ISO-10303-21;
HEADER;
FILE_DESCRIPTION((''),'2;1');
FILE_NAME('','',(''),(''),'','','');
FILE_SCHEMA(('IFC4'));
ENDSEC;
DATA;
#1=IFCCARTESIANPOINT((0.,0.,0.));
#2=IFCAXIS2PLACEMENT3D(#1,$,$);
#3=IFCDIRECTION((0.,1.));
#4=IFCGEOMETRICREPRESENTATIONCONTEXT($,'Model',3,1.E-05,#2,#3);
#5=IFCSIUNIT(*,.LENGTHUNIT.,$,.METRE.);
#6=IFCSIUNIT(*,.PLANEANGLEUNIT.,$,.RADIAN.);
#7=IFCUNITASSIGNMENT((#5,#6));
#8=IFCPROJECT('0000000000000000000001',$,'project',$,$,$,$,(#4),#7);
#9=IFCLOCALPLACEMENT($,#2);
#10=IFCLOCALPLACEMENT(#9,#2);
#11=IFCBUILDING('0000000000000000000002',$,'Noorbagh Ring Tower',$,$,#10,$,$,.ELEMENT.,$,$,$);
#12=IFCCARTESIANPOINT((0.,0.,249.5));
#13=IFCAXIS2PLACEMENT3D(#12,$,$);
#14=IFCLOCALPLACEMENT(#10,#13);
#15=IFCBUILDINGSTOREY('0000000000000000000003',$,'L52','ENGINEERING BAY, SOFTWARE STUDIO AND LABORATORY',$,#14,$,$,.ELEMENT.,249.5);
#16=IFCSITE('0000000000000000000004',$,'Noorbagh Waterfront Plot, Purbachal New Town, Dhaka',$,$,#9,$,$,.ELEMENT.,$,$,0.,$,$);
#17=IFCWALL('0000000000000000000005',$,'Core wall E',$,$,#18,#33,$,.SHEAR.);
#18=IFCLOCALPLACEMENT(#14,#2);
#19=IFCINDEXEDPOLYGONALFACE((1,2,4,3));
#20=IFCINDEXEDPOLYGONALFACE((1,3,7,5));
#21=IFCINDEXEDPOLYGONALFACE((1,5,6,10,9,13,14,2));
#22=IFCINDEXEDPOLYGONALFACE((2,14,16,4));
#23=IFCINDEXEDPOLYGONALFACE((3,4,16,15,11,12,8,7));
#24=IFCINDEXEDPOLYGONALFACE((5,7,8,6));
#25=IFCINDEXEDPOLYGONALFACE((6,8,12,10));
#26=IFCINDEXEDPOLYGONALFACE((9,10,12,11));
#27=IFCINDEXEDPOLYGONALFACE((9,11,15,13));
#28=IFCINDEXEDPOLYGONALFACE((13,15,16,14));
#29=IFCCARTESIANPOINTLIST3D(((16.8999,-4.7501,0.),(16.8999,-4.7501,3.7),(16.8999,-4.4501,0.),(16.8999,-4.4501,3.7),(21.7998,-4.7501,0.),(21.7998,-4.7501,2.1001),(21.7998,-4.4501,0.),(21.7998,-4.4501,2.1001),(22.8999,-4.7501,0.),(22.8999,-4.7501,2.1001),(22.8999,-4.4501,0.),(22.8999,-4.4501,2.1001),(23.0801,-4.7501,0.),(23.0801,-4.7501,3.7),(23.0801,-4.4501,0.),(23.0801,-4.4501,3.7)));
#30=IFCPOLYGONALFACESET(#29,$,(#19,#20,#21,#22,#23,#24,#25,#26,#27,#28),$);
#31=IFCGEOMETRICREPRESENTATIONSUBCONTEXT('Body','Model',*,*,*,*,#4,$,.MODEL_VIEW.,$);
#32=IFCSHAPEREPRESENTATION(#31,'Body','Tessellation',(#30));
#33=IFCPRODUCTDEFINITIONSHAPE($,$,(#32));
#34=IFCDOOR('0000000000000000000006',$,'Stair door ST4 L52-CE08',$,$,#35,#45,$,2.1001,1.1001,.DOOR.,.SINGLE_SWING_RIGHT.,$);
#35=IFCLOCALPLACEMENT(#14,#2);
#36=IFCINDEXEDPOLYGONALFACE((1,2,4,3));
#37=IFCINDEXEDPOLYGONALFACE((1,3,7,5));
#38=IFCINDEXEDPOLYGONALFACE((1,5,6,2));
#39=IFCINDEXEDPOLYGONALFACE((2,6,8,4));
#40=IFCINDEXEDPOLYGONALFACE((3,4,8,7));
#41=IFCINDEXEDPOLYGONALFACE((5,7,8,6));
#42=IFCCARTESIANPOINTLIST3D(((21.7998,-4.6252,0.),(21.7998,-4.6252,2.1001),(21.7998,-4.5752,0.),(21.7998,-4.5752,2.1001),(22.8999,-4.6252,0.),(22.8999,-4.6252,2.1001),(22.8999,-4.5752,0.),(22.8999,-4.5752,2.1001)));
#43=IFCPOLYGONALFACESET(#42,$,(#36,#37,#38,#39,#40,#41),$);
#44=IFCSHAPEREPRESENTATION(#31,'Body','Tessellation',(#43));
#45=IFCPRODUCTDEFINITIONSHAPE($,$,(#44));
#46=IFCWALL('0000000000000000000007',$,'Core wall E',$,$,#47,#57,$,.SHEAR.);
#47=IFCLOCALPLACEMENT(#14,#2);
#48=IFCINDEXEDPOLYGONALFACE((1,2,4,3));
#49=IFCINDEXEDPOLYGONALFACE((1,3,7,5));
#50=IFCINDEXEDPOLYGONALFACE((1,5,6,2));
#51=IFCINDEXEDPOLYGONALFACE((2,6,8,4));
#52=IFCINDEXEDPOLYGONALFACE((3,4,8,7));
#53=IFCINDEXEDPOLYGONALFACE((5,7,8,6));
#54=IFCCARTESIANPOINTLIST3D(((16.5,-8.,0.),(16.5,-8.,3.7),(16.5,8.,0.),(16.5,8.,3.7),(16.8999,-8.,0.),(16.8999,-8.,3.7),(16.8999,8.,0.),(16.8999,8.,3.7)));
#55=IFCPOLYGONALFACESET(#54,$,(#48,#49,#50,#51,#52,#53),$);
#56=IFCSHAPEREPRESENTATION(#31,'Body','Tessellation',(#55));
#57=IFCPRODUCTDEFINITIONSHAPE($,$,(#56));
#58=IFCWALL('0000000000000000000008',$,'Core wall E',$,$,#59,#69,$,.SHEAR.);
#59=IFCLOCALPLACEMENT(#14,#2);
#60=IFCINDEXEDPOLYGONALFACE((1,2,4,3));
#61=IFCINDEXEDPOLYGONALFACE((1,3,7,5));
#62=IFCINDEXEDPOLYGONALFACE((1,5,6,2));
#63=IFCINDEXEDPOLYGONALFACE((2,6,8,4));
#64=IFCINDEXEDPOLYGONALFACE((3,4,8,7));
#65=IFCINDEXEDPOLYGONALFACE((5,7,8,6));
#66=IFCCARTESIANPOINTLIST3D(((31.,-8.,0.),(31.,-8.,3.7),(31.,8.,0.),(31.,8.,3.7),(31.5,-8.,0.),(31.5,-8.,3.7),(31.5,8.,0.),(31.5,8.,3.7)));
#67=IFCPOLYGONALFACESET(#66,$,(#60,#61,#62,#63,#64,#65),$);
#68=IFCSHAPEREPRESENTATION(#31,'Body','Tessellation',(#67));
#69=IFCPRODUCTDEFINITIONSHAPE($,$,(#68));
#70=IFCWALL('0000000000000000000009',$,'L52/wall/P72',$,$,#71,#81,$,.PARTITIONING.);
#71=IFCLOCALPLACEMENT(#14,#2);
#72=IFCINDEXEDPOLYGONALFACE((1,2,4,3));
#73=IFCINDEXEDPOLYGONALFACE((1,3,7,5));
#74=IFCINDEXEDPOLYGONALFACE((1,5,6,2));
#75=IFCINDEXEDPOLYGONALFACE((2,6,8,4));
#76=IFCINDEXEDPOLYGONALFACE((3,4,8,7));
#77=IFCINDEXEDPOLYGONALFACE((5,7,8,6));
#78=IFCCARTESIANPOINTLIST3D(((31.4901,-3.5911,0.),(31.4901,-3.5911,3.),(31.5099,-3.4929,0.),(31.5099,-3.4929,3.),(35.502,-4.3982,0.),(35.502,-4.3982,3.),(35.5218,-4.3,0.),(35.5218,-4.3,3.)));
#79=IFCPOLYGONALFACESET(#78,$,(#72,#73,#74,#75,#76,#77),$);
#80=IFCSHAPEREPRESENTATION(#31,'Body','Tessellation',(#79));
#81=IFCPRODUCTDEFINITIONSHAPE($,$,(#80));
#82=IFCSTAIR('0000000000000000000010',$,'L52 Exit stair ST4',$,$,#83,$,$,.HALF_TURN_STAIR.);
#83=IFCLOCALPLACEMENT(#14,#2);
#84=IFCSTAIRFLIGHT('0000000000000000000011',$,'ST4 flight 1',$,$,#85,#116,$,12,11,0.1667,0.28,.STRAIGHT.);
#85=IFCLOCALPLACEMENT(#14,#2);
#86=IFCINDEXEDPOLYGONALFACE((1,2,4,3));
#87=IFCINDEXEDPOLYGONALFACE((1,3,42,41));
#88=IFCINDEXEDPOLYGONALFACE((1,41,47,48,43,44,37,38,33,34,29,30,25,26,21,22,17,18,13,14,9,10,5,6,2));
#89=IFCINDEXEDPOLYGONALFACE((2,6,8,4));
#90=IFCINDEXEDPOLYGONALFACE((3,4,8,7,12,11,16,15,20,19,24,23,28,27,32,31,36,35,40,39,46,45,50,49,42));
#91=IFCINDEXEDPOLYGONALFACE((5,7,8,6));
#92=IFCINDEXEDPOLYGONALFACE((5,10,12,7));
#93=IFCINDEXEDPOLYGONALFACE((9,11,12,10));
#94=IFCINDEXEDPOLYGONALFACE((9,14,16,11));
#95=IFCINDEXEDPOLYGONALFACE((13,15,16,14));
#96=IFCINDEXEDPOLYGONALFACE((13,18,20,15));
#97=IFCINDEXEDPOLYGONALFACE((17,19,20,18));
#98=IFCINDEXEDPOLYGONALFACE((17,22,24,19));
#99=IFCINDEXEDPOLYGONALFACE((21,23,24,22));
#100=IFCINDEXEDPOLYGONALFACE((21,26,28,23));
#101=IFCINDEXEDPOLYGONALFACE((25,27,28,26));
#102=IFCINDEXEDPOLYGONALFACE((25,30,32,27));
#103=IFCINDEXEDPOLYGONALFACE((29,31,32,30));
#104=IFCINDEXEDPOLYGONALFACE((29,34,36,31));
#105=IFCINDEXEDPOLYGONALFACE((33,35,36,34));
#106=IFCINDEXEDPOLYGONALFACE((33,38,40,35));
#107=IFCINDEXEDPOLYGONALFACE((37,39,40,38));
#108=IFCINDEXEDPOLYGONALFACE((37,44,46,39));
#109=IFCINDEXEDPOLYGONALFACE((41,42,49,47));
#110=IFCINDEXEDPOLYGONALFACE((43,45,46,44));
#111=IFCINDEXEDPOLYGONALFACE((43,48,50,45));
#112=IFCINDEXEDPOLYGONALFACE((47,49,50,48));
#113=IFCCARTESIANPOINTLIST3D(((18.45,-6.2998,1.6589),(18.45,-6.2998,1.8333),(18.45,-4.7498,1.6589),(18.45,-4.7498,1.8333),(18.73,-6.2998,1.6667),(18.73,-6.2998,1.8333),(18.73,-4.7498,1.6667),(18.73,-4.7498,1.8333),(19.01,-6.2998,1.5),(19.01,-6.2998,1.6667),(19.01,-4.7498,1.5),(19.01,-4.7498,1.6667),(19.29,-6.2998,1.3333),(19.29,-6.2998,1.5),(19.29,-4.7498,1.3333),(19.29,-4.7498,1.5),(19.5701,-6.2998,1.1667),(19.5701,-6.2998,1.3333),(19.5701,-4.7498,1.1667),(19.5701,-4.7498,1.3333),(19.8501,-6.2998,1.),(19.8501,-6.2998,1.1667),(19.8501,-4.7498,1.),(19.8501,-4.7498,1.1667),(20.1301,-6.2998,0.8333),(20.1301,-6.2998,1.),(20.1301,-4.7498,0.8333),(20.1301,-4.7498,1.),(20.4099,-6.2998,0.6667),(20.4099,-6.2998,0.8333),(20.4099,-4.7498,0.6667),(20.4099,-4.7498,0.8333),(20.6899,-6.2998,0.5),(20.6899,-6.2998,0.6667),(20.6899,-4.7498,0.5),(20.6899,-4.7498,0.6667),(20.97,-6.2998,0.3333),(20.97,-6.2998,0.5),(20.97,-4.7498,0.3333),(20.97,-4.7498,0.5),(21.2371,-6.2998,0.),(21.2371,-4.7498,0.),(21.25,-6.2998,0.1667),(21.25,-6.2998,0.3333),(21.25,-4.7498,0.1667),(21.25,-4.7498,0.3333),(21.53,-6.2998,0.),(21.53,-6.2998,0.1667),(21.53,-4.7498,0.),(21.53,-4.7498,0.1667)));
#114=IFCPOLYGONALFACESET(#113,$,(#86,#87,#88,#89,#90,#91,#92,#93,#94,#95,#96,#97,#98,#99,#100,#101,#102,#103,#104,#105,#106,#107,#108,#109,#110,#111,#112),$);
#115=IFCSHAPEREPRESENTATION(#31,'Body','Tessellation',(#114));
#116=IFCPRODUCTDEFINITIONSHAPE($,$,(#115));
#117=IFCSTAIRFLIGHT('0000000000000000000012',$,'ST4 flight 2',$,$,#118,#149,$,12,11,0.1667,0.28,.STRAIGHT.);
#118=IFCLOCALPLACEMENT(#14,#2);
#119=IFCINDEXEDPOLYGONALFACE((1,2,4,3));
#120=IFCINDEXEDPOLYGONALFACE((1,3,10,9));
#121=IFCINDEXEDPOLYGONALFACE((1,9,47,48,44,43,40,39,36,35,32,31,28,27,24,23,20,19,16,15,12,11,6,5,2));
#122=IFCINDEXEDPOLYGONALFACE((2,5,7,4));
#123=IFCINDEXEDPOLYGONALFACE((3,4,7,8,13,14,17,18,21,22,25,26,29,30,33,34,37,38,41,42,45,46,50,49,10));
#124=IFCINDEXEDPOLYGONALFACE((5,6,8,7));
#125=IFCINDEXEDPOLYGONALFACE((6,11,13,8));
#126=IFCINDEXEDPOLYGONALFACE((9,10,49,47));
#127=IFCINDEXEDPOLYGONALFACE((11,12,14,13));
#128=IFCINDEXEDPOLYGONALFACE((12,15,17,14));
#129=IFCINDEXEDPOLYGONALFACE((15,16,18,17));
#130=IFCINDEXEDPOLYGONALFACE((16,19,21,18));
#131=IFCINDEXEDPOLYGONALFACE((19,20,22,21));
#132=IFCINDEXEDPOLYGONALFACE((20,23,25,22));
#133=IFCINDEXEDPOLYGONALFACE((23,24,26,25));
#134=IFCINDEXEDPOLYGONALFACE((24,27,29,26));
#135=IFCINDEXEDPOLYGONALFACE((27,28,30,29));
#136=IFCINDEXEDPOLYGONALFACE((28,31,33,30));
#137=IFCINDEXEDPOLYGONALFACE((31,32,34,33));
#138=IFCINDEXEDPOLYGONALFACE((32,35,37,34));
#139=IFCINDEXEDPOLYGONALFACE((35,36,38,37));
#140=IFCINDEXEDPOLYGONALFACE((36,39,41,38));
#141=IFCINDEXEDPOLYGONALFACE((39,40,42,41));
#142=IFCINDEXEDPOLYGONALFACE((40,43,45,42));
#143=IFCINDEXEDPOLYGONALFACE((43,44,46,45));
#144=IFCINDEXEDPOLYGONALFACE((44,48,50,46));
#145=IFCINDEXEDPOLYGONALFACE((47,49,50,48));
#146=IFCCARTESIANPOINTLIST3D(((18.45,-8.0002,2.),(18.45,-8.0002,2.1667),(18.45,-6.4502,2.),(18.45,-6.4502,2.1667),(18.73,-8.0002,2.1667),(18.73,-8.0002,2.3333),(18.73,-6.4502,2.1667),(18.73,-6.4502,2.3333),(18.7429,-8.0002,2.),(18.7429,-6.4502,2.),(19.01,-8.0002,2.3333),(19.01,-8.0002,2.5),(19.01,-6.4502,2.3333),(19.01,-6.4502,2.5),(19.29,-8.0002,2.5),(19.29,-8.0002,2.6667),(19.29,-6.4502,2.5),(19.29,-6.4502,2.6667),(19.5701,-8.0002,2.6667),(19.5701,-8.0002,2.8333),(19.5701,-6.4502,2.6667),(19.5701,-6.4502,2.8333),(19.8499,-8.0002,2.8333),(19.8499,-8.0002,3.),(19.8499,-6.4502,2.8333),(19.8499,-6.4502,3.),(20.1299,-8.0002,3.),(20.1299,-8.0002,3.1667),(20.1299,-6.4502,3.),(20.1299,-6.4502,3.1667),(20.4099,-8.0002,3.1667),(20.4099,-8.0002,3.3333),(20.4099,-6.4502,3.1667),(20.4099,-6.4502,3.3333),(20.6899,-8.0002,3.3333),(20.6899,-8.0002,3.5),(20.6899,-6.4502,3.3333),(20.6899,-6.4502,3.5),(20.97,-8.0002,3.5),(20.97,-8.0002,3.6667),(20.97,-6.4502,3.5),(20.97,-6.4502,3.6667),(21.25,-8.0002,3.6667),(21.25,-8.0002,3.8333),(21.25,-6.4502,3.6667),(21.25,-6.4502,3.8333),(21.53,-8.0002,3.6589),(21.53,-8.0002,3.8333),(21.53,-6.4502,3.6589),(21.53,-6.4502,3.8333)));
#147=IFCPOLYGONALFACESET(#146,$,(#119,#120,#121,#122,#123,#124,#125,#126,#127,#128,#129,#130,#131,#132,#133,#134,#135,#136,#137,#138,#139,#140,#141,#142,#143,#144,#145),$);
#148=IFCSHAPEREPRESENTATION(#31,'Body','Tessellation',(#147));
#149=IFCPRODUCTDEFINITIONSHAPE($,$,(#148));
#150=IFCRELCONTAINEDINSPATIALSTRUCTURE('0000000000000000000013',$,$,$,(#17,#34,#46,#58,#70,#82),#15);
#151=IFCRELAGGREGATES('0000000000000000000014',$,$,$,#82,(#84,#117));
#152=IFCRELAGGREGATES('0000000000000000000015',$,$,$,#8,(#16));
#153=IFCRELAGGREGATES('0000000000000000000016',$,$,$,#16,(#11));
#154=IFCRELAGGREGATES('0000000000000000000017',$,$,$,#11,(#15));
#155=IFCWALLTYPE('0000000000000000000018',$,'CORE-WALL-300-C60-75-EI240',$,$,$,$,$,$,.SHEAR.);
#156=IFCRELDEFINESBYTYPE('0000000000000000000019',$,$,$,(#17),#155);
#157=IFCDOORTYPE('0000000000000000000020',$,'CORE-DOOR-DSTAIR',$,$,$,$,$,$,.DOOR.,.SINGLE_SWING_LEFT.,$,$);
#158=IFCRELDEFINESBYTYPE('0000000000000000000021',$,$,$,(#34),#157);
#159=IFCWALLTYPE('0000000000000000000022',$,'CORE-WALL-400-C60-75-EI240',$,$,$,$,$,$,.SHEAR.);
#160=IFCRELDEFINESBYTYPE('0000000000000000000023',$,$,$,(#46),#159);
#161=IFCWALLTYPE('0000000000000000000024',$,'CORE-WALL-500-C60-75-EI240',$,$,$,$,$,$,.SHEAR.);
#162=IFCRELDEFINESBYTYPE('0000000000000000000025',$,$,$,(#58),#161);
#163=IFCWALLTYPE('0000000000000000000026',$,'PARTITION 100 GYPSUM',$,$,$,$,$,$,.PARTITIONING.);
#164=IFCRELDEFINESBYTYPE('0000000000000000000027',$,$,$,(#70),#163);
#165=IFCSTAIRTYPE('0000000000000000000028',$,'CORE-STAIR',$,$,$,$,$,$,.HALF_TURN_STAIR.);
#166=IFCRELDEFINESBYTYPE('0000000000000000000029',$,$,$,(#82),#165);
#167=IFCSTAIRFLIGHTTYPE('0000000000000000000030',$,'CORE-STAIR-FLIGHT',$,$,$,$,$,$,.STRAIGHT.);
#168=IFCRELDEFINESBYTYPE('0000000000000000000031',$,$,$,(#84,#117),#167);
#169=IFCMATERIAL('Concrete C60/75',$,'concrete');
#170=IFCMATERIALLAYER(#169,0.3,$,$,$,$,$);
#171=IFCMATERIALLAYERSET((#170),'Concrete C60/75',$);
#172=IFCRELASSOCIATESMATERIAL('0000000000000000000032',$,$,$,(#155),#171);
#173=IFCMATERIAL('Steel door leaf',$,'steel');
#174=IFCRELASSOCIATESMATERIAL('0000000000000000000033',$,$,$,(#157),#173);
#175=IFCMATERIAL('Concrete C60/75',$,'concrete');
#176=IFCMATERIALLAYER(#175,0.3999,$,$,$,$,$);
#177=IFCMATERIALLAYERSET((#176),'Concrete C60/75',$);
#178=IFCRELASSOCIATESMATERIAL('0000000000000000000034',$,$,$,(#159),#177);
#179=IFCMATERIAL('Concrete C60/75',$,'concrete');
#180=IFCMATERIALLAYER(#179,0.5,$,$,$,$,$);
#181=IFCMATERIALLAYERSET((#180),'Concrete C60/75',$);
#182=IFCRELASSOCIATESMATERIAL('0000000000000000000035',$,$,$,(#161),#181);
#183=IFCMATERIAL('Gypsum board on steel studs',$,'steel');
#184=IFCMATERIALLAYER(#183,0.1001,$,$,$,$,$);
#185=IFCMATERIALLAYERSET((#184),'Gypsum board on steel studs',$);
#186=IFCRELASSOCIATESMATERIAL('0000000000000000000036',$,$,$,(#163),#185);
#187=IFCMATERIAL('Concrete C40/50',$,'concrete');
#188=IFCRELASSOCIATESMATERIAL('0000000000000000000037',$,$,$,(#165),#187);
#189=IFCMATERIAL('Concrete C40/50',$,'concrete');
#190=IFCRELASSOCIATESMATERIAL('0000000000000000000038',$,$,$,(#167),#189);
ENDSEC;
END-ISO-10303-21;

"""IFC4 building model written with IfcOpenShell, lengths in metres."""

from ifc_helpers import new_model, si_unit, direction, frame, frame_2d, origin, place, context, subcontext, project, spatial, polyline, rectangle, outline, extrude, material, layer, layer_set, type_object, element, fill, aggregate, save


model = new_model("IFC4")

# Units and contexts
model_context = context("Model", 3, precision=1e-05, world=origin(), true_north=direction((0.0, 1.0)))
body_context = subcontext(model_context, "Body", "Model", "MODEL_VIEW")
ifc_project = project(units=[si_unit("LENGTHUNIT", "METRE"), si_unit("PLANEANGLEUNIT", "RADIAN")], contexts=[model_context])

# Site, building, storey
site_placement = place(None, origin())
site = spatial("IfcSite", under=ifc_project, at=site_placement, Name="Noorbagh Waterfront Plot, Purbachal New Town, Dhaka", CompositionType="ELEMENT", RefElevation=0.0)
building_placement = place(site_placement, origin())
building = spatial("IfcBuilding", under=site, at=building_placement, Name="Noorbagh Ring Tower", CompositionType="ELEMENT")
storey_placement = place(building_placement, frame((0.0, 0.0, 249.5)))
storey = spatial("IfcBuildingStorey", under=building, at=storey_placement, Name="L52", Description="ENGINEERING BAY, SOFTWARE STUDIO AND LABORATORY", CompositionType="ELEMENT", Elevation=249.5)

# Shared definitions
ifc_material_1 = material(Name="Concrete C60/75", Category="concrete")
ifc_layer_1 = layer(ifc_material_1, 0.3)
ifc_layer_set_1 = layer_set([ifc_layer_1], Name="Concrete C60/75")
wall_type_1 = type_object("IfcWallType", Name="CORE-WALL-300-C60-75-EI240", PredefinedType="SHEAR", material=ifc_layer_set_1)

# Wall, opening, door
wall_1_placement = place(storey_placement, frame((16.8999, -4.6001, 0.0), z_axis=(0.0, 0.0, 1.0), x_axis=(1.0, 0.0, 0.0)))
wall_1 = element("IfcWall", 1, at=wall_1_placement, inside=storey, type_object=wall_type_1, Name="Core wall E", PredefinedType="SHEAR", context=body_context, shape_type="SweptSolid", body=[
    extrude(rectangle(XDim=6.1802, YDim=0.3, at=frame_2d((3.0901, 0.0))), origin(), (0.0, 0.0, 1.0), 3.7),
])
opening_1_placement = place(wall_1_placement, frame((4.8999, 0.0, 0.0)))
opening_1 = element("IfcOpeningElement", 2, at=opening_1_placement, cuts=wall_1, PredefinedType="OPENING", context=body_context, shape_type="SweptSolid", body=[
    extrude(rectangle(XDim=1.1001, YDim=2.1001, at=frame_2d((0.55, 1.05))), frame((0.0, 0.1602, 0.0), z_axis=(0.0, -1.0, 0.0), x_axis=(1.0, 0.0, 0.0)), (0.0, 0.0, 1.0), 0.3201),
])
ifc_material_2 = material(Name="Steel door leaf", Category="steel")
door_type_1 = type_object("IfcDoorType", Name="CORE-DOOR-DSTAIR", OperationType="SINGLE_SWING_LEFT", PredefinedType="DOOR", material=ifc_material_2)
door_1_placement = place(opening_1_placement, origin())
door_1 = element("IfcDoor", 3, at=door_1_placement, inside=storey, type_object=door_type_1, Name="Stair door ST4 L52-CE08", OperationType="SINGLE_SWING_RIGHT", OverallHeight=2.1001, OverallWidth=1.1001, PredefinedType="DOOR", context=body_context, shape_type="SweptSolid", body=[
    extrude(rectangle(XDim=1.1001, YDim=2.1001, at=frame_2d((0.55, 1.05))), frame((0.0, 0.0249, 0.0), z_axis=(0.0, -1.0, 0.0), x_axis=(1.0, 0.0, 0.0)), (0.0, 0.0, 1.0), 0.05),
])
fill(opening_1, door_1)

# Walls
ifc_material_3 = material(Name="Concrete C60/75", Category="concrete")
ifc_layer_2 = layer(ifc_material_3, 0.3999)
ifc_layer_set_2 = layer_set([ifc_layer_2], Name="Concrete C60/75")
wall_type_2 = type_object("IfcWallType", Name="CORE-WALL-400-C60-75-EI240", PredefinedType="SHEAR", material=ifc_layer_set_2)
wall_2_placement = place(storey_placement, frame((16.7, -8.0, 0.0), z_axis=(0.0, 0.0, 1.0), x_axis=(0.0, 1.0, 0.0)))
element("IfcWall", 4, at=wall_2_placement, inside=storey, type_object=wall_type_2, Name="Core wall E", PredefinedType="SHEAR", context=body_context, shape_type="SweptSolid", body=[
    extrude(rectangle(XDim=16.0, YDim=0.3999, at=frame_2d((8.0, 0.0))), origin(), (0.0, 0.0, 1.0), 3.7),
])
ifc_material_4 = material(Name="Concrete C60/75", Category="concrete")
ifc_layer_3 = layer(ifc_material_4, 0.5)
ifc_layer_set_3 = layer_set([ifc_layer_3], Name="Concrete C60/75")
wall_type_3 = type_object("IfcWallType", Name="CORE-WALL-500-C60-75-EI240", PredefinedType="SHEAR", material=ifc_layer_set_3)
wall_3_placement = place(storey_placement, frame((31.25, -8.0, 0.0), z_axis=(0.0, 0.0, 1.0), x_axis=(0.0, 1.0, 0.0)))
element("IfcWall", 5, at=wall_3_placement, inside=storey, type_object=wall_type_3, Name="Core wall E", PredefinedType="SHEAR", context=body_context, shape_type="SweptSolid", body=[
    extrude(rectangle(XDim=16.0, YDim=0.5, at=frame_2d((8.0, 0.0))), origin(), (0.0, 0.0, 1.0), 3.7),
])
ifc_material_5 = material(Name="Gypsum board on steel studs", Category="steel")
ifc_layer_4 = layer(ifc_material_5, 0.1001)
ifc_layer_set_4 = layer_set([ifc_layer_4], Name="Gypsum board on steel studs")
wall_type_4 = type_object("IfcWallType", Name="PARTITION 100 GYPSUM", PredefinedType="PARTITIONING", material=ifc_layer_set_4)
wall_4_placement = place(storey_placement, frame((31.5, -3.542, 0.0), z_axis=(0.0, 0.0, 1.0), x_axis=(0.980357, -0.197229, 0.0)))
element("IfcWall", 6, at=wall_4_placement, inside=storey, type_object=wall_type_4, Name="L52/wall/P72", PredefinedType="PARTITIONING", context=body_context, shape_type="SweptSolid", body=[
    extrude(rectangle(XDim=4.0923, YDim=0.1001, at=frame_2d((2.0461, 0.0))), origin(), (0.0, 0.0, 1.0), 3.0),
])

# Stair, stair flights
ifc_material_6 = material(Name="Concrete C40/50", Category="concrete")
stair_type = type_object("IfcStairType", Name="CORE-STAIR", PredefinedType="HALF_TURN_STAIR", material=ifc_material_6)
stair_placement = place(storey_placement, origin())
stair = element("IfcStair", 7, at=stair_placement, inside=storey, type_object=stair_type, Name="L52 Exit stair ST4", PredefinedType="HALF_TURN_STAIR")
ifc_material_7 = material(Name="Concrete C40/50", Category="concrete")
stair_flight_type = type_object("IfcStairFlightType", Name="CORE-STAIR-FLIGHT", PredefinedType="STRAIGHT", material=ifc_material_7)
stair_flight_1_placement = place(storey_placement, frame((21.53, -5.5249, 0.0), z_axis=(0.0, 0.0, 1.0), x_axis=(-1.0, 0.0, 0.0)))
stair_flight_1 = element("IfcStairFlight", 8, at=stair_flight_1_placement, type_object=stair_flight_type, Name="ST4 flight 1", NumberOfRisers=12, NumberOfTreads=11, PredefinedType="STRAIGHT", RiserHeight=0.1667, TreadLength=0.28, context=body_context, shape_type="SweptSolid", body=[
    extrude(outline(polyline([(0.0, 0.0), (0.0, 0.1667), (0.28, 0.1667), (0.28, 0.3333), (0.5601, 0.3333), (0.5601, 0.5), (0.8401, 0.5), (0.8401, 0.6667), (1.1201, 0.6667), (1.1201, 0.8333), (1.3999, 0.8333), (1.3999, 1.0), (1.6799, 1.0), (1.6799, 1.1667), (1.96, 1.1667), (1.96, 1.3333), (2.24, 1.3333), (2.24, 1.5), (2.52, 1.5), (2.52, 1.6667), (2.8, 1.6667), (2.8, 1.8333), (3.0801, 1.8333), (3.0801, 2.0), (3.0801, 1.6589), (0.293, 0.0), (0.0, 0.0)])), frame((0.0, 0.7749, 0.0), z_axis=(0.0, -1.0, 0.0), x_axis=(1.0, 0.0, 0.0)), (0.0, 0.0, 1.0), 1.55),
])
stair_flight_2_placement = place(storey_placement, frame((18.45, -7.2251, 2.0), z_axis=(0.0, 0.0, 1.0), x_axis=(1.0, 0.0, 0.0)))
stair_flight_2 = element("IfcStairFlight", 9, at=stair_flight_2_placement, type_object=stair_flight_type, Name="ST4 flight 2", NumberOfRisers=12, NumberOfTreads=11, PredefinedType="STRAIGHT", RiserHeight=0.1667, TreadLength=0.28, context=body_context, shape_type="SweptSolid", body=[
    extrude(outline(polyline([(0.0, 0.0), (0.0, 0.1667), (0.28, 0.1667), (0.28, 0.3333), (0.5601, 0.3333), (0.5601, 0.5), (0.8401, 0.5), (0.8401, 0.6667), (1.1201, 0.6667), (1.1201, 0.8333), (1.3999, 0.8333), (1.3999, 1.0), (1.6799, 1.0), (1.6799, 1.1667), (1.96, 1.1667), (1.96, 1.3333), (2.24, 1.3333), (2.24, 1.5), (2.52, 1.5), (2.52, 1.6667), (2.8, 1.6667), (2.8, 1.8333), (3.0801, 1.8333), (3.0801, 2.0), (3.0801, 1.6589), (0.293, 0.0), (0.0, 0.0)])), frame((0.0, 0.7749, 0.0), z_axis=(0.0, -1.0, 0.0), x_axis=(1.0, 0.0, 0.0)), (0.0, 0.0, 1.0), 1.55),
])
aggregate(stair, [stair_flight_1, stair_flight_2])

save(model, "model.ifc")
